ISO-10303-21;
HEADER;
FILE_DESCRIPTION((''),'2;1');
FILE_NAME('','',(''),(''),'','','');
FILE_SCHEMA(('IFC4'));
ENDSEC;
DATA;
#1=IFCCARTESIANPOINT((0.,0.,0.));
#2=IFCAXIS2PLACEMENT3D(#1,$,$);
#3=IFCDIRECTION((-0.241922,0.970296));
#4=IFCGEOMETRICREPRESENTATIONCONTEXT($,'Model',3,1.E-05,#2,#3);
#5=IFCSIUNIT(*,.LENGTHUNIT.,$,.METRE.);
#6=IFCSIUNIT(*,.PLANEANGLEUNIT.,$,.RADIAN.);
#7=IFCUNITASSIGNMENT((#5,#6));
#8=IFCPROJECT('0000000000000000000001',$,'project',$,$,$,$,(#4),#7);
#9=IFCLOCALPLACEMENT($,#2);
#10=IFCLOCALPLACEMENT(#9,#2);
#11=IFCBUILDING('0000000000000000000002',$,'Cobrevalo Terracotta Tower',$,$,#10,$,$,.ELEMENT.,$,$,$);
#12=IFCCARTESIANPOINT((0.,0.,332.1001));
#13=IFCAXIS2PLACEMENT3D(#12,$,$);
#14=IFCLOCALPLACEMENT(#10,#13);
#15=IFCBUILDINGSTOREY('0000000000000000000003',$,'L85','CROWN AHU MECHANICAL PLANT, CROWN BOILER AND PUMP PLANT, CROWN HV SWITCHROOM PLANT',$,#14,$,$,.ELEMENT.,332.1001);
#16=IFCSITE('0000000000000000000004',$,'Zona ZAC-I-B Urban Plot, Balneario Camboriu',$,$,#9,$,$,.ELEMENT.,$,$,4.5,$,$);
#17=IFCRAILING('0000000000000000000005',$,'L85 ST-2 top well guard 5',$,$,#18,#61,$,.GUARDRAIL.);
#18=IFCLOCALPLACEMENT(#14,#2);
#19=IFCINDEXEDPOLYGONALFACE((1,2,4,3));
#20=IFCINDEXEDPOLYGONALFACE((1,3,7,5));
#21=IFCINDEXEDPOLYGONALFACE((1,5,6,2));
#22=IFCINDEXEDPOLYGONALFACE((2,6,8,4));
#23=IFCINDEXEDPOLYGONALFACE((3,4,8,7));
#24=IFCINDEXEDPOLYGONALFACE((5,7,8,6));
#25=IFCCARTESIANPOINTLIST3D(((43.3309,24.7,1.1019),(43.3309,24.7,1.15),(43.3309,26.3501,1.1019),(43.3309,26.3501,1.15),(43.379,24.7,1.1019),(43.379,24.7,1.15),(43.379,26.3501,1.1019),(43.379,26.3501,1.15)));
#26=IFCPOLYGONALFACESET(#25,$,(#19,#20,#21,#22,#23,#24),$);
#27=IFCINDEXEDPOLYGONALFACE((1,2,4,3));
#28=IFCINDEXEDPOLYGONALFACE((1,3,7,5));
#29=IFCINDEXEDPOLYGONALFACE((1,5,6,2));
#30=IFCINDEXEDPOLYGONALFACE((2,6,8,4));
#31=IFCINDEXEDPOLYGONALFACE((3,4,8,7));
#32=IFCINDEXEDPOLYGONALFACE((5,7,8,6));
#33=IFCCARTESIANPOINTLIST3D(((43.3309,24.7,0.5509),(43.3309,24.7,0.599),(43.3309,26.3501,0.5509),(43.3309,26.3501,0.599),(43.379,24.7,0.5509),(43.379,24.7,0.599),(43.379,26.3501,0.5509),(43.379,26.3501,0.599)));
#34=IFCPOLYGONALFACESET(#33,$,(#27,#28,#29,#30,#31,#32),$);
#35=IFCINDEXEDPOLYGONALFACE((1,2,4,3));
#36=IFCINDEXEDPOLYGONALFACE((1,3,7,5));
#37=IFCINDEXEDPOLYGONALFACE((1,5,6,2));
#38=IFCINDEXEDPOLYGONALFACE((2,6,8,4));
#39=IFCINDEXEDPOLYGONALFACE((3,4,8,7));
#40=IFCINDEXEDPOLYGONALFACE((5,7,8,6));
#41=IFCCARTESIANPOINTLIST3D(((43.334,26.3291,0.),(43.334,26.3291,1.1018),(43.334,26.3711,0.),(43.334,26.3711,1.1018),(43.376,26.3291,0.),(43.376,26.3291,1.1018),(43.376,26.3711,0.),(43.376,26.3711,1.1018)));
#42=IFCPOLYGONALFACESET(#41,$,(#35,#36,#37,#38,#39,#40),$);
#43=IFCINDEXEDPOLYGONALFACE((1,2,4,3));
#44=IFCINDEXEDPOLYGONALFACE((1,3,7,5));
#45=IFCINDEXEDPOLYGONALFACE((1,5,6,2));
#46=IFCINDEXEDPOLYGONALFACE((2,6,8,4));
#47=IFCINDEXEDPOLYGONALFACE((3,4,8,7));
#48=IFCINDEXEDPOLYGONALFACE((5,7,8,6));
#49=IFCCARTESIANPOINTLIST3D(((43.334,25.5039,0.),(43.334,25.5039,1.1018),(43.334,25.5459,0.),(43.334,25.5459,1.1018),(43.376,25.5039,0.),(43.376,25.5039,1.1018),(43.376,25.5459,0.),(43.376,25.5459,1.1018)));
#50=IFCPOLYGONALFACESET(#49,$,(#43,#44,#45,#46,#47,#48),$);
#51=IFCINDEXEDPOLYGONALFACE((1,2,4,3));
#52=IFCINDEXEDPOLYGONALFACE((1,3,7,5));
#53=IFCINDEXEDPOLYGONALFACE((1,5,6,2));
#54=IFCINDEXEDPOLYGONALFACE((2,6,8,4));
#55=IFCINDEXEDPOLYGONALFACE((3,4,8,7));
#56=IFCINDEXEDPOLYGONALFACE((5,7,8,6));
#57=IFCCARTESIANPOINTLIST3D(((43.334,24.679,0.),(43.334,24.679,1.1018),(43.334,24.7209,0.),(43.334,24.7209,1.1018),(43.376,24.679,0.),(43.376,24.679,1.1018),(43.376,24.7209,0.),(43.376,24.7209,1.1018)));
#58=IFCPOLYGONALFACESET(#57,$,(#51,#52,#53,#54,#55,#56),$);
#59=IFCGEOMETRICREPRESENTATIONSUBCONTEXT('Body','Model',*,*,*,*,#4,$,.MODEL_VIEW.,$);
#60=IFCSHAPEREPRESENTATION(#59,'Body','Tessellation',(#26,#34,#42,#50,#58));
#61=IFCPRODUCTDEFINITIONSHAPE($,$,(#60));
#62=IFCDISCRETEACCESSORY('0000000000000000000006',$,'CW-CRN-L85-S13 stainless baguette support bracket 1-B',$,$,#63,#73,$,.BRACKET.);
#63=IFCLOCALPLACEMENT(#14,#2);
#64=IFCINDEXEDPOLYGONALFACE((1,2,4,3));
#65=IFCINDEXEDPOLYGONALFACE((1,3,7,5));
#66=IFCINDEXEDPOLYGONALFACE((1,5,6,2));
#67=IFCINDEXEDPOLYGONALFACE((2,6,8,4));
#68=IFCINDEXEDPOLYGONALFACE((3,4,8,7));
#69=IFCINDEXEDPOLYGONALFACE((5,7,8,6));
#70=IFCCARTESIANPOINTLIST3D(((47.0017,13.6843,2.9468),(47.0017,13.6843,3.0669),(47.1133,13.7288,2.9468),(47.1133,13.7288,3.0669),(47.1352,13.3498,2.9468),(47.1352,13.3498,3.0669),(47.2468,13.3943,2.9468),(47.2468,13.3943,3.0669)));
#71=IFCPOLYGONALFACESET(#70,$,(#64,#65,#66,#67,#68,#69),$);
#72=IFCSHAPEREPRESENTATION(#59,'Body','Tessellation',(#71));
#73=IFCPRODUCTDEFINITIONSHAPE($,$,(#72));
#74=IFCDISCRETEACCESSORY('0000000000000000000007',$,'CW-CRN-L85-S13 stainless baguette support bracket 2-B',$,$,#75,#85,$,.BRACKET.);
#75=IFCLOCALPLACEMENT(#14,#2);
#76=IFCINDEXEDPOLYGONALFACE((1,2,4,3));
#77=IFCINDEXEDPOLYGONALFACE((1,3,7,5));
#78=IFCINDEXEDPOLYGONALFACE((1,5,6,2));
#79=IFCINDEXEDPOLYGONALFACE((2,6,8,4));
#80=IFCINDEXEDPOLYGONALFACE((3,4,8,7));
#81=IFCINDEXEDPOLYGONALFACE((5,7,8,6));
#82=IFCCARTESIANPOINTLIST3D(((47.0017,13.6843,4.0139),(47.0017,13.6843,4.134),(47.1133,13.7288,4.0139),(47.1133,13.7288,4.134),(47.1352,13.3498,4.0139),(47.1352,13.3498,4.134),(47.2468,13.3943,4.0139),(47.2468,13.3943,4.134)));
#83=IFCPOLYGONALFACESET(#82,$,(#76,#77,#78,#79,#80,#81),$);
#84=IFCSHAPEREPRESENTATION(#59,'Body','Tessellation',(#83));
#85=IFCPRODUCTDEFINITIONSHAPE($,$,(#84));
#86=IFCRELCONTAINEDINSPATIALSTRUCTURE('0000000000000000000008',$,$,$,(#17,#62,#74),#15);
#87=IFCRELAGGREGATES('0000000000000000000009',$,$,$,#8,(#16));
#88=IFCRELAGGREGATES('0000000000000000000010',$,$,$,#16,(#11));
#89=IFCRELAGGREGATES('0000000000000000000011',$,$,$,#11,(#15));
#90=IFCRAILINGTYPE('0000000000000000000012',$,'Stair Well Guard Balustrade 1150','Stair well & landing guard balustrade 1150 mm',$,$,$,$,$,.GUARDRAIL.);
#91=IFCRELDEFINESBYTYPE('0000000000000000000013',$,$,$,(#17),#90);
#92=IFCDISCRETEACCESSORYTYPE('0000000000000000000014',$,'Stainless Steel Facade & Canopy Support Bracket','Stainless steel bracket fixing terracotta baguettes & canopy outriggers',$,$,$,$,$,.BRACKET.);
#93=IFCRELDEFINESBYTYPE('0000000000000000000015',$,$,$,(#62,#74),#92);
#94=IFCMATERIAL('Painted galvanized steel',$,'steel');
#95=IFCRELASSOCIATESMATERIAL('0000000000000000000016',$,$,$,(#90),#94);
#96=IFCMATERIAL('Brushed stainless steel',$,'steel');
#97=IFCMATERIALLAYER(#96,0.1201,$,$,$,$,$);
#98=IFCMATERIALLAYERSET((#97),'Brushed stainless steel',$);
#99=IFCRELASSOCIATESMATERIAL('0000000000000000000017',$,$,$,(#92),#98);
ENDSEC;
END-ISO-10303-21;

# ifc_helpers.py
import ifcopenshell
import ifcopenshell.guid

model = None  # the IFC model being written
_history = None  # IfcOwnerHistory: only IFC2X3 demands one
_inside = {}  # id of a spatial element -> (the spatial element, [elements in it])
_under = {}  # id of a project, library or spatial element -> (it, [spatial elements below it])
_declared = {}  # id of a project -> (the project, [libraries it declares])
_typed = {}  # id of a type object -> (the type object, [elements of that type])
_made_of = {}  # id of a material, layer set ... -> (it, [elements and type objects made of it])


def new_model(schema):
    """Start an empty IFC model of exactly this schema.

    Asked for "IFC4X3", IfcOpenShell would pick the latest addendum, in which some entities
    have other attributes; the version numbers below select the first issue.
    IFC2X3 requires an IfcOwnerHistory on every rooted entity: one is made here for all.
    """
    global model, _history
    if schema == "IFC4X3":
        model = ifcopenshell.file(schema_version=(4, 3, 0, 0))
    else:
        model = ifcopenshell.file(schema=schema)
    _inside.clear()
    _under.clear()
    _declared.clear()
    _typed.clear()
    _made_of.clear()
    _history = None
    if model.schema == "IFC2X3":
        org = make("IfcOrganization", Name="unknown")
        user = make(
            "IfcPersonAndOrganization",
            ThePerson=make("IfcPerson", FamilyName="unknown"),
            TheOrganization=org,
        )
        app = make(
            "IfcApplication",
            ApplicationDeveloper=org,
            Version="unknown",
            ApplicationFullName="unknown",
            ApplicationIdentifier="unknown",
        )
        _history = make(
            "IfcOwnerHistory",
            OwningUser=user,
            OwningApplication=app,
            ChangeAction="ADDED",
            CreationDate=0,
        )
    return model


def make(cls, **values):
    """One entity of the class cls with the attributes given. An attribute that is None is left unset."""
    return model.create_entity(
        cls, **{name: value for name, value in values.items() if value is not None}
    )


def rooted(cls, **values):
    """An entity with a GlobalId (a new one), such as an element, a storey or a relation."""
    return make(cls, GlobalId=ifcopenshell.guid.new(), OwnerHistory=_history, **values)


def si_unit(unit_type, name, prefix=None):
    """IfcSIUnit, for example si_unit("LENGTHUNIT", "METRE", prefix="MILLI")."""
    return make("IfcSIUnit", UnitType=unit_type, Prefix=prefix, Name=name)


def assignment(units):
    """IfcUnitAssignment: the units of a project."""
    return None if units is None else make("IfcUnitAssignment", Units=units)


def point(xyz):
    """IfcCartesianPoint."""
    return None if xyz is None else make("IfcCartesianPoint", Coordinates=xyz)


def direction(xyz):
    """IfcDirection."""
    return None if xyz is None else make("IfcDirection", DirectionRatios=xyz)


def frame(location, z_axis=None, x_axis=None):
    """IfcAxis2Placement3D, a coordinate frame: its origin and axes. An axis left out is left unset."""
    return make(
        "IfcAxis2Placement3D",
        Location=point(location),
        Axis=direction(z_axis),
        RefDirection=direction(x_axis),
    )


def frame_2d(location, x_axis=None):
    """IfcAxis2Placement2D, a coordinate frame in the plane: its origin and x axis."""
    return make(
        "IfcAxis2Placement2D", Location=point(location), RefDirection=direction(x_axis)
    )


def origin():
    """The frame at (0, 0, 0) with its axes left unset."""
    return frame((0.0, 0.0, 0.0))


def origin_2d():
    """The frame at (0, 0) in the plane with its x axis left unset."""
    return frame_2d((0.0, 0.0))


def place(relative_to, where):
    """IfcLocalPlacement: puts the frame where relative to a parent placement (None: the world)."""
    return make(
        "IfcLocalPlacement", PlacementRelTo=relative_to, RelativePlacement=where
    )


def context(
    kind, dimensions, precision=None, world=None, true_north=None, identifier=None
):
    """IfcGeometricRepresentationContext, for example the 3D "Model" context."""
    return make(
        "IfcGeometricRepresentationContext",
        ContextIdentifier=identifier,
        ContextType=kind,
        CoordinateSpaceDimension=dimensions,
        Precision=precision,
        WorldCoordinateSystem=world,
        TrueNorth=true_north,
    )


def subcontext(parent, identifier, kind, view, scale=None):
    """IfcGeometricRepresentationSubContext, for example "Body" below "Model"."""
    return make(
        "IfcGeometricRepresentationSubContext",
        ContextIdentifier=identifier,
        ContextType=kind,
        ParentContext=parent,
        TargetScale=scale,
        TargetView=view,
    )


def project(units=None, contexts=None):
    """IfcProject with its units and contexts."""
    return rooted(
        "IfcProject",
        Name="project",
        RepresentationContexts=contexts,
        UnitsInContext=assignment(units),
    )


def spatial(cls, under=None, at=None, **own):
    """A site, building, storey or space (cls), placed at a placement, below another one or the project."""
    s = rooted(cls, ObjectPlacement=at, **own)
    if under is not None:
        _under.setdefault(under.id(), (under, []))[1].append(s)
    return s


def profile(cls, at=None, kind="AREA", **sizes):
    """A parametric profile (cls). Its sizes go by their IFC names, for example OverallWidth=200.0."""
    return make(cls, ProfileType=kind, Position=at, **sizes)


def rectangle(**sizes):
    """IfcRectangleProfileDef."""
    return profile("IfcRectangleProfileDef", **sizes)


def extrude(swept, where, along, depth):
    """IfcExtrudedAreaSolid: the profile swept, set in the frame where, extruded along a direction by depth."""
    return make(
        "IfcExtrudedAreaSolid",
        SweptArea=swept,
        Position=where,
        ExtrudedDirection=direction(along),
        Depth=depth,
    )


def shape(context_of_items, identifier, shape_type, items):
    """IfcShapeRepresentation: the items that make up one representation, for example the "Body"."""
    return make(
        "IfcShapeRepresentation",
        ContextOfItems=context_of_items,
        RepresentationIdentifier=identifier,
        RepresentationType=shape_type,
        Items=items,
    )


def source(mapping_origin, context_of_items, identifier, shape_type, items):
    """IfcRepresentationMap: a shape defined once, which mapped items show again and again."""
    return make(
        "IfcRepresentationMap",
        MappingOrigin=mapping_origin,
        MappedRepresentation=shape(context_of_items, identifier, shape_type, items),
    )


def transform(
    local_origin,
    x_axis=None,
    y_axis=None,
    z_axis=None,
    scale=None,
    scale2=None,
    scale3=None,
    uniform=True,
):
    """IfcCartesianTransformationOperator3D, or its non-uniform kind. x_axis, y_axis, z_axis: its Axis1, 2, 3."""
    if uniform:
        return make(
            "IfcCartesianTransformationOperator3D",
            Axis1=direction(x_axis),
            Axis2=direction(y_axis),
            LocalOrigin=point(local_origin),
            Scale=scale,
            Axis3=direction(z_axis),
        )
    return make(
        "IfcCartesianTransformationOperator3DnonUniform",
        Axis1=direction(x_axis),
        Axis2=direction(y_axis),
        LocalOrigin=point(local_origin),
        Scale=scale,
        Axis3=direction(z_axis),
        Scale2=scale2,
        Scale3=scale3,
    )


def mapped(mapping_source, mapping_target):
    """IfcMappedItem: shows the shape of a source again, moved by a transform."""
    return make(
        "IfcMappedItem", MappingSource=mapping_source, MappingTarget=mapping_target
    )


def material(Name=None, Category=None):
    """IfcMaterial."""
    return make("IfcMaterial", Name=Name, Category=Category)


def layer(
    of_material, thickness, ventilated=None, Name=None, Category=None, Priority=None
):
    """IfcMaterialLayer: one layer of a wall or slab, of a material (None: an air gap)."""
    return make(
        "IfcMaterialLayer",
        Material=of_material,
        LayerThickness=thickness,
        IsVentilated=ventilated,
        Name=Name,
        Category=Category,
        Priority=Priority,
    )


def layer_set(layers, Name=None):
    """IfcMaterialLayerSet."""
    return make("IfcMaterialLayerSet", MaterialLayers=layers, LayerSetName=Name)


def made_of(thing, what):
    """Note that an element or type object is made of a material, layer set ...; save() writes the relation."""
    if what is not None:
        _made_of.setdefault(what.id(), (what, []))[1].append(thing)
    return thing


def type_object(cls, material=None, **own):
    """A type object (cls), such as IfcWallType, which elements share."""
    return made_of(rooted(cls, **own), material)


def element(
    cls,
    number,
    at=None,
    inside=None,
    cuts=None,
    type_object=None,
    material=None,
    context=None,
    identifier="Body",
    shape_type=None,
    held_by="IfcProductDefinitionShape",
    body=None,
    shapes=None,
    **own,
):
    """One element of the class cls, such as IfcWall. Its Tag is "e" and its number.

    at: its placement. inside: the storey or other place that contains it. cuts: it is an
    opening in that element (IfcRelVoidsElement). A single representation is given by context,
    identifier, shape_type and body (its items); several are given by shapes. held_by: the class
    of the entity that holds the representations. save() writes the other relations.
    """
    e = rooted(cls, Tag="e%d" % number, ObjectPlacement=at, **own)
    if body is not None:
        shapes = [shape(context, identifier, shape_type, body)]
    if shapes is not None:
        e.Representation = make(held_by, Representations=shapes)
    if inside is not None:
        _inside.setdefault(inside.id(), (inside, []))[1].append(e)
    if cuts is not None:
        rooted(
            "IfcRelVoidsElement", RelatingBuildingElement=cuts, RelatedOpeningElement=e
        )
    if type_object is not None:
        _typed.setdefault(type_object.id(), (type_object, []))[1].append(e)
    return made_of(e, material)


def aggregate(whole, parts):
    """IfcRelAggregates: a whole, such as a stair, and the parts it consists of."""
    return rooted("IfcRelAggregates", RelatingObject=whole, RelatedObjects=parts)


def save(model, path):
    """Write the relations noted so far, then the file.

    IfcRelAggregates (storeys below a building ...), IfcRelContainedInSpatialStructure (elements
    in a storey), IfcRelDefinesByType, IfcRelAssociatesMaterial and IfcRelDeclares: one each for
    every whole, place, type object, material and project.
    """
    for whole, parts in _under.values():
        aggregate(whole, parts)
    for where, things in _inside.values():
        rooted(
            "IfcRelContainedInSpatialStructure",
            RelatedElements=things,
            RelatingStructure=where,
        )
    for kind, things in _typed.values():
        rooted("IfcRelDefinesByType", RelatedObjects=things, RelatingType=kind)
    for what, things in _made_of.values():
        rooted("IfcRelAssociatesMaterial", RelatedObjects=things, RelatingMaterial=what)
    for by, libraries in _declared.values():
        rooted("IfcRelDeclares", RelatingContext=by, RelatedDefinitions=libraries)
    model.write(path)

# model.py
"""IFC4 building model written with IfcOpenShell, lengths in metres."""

from ifc_helpers import new_model, si_unit, direction, frame, origin, origin_2d, place, context, subcontext, project, spatial, rectangle, extrude, source, transform, mapped, material, layer, layer_set, type_object, element, save


model = new_model("IFC4")

# Units and contexts
model_context = context("Model", 3, precision=1e-05, world=origin(), true_north=direction((-0.241922, 0.970296)))
body_context = subcontext(model_context, "Body", "Model", "MODEL_VIEW")
ifc_project = project(units=[si_unit("LENGTHUNIT", "METRE"), si_unit("PLANEANGLEUNIT", "RADIAN")], contexts=[model_context])

# Site, building, storey
site_placement = place(None, origin())
site = spatial("IfcSite", under=ifc_project, at=site_placement, Name="Zona ZAC-I-B Urban Plot, Balneario Camboriu", CompositionType="ELEMENT", RefElevation=4.5)
building_placement = place(site_placement, origin())
building = spatial("IfcBuilding", under=site, at=building_placement, Name="Cobrevalo Terracotta Tower", CompositionType="ELEMENT")
storey_placement = place(building_placement, frame((0.0, 0.0, 332.1001)))
storey = spatial("IfcBuildingStorey", under=building, at=storey_placement, Name="L85", Description="CROWN AHU MECHANICAL PLANT, CROWN BOILER AND PUMP PLANT, CROWN HV SWITCHROOM PLANT", CompositionType="ELEMENT", Elevation=332.1001)

# Railing
ifc_material_1 = material(Name="Painted galvanized steel", Category="steel")
railing_type = type_object("IfcRailingType", Name="Stair Well Guard Balustrade 1150", Description="Stair well & landing guard balustrade 1150 mm", PredefinedType="GUARDRAIL", material=ifc_material_1)
railing_1_placement = place(storey_placement, frame((43.355, 26.3501, 0.0)))
element("IfcRailing", 1, at=railing_1_placement, inside=storey, type_object=railing_type, Name="L85 ST-2 top well guard 5", PredefinedType="GUARDRAIL", context=body_context, shape_type="SweptSolid", body=[
    extrude(rectangle(XDim=0.0481, YDim=0.0481, at=origin_2d()), frame((0.0, 0.0, 1.126), z_axis=(0.0, -1.0, 0.0), x_axis=(1.0, 0.0, 0.0)), (0.0, 0.0, 1.0), 1.6501),
    extrude(rectangle(XDim=0.0481, YDim=0.0481, at=origin_2d()), frame((0.0, 0.0, 0.575), z_axis=(0.0, -1.0, 0.0), x_axis=(1.0, 0.0, 0.0)), (0.0, 0.0, 1.0), 1.6501),
    extrude(rectangle(XDim=0.042, YDim=0.042, at=origin_2d()), origin(), (0.0, 0.0, 1.0), 1.1018),
    extrude(rectangle(XDim=0.042, YDim=0.042, at=origin_2d()), frame((0.0, -0.8252, 0.0)), (0.0, 0.0, 1.0), 1.1018),
    extrude(rectangle(XDim=0.042, YDim=0.042, at=origin_2d()), frame((0.0, -1.6501, 0.0)), (0.0, 0.0, 1.0), 1.1018),
])

# Discrete accessories
ifc_material_2 = material(Name="Brushed stainless steel", Category="steel")
ifc_layer_1 = layer(ifc_material_2, 0.1201)
ifc_layer_set_1 = layer_set([ifc_layer_1], Name="Brushed stainless steel")
discrete_accessory_type = type_object("IfcDiscreteAccessoryType", Name="Stainless Steel Facade & Canopy Support Bracket", Description="Stainless steel bracket fixing terracotta baguettes & canopy outriggers", PredefinedType="BRACKET", material=ifc_layer_set_1)
shared_shape_1 = source(origin(), body_context, "Body", "SweptSolid", [
    extrude(rectangle(XDim=0.1201, YDim=0.3601, at=origin_2d()), origin(), (0.0, 0.0, 1.0), 0.1201),
])
for number, where, z_axis, x_axis, name in (
    (2, (47.1243, 13.5393, 2.9468), (0.0, 0.0, 1.0), (0.928769, 0.37066, 0.0), "CW-CRN-L85-S13 stainless baguette support bracket 1-B"),
    (3, (47.1243, 13.5393, 4.0139), (0.0, 0.0, 1.0), (0.928769, 0.37066, 0.0), "CW-CRN-L85-S13 stainless baguette support bracket 2-B"),
):
    element("IfcDiscreteAccessory", number, at=place(storey_placement, frame(where, z_axis=z_axis, x_axis=x_axis)), inside=storey, type_object=discrete_accessory_type, Name=name, PredefinedType="BRACKET", context=body_context, shape_type="MappedRepresentation", body=[
        mapped(shared_shape_1, transform((0.0, 0.0, 0.0), scale=1.0)),
    ])

save(model, "model.ifc")
